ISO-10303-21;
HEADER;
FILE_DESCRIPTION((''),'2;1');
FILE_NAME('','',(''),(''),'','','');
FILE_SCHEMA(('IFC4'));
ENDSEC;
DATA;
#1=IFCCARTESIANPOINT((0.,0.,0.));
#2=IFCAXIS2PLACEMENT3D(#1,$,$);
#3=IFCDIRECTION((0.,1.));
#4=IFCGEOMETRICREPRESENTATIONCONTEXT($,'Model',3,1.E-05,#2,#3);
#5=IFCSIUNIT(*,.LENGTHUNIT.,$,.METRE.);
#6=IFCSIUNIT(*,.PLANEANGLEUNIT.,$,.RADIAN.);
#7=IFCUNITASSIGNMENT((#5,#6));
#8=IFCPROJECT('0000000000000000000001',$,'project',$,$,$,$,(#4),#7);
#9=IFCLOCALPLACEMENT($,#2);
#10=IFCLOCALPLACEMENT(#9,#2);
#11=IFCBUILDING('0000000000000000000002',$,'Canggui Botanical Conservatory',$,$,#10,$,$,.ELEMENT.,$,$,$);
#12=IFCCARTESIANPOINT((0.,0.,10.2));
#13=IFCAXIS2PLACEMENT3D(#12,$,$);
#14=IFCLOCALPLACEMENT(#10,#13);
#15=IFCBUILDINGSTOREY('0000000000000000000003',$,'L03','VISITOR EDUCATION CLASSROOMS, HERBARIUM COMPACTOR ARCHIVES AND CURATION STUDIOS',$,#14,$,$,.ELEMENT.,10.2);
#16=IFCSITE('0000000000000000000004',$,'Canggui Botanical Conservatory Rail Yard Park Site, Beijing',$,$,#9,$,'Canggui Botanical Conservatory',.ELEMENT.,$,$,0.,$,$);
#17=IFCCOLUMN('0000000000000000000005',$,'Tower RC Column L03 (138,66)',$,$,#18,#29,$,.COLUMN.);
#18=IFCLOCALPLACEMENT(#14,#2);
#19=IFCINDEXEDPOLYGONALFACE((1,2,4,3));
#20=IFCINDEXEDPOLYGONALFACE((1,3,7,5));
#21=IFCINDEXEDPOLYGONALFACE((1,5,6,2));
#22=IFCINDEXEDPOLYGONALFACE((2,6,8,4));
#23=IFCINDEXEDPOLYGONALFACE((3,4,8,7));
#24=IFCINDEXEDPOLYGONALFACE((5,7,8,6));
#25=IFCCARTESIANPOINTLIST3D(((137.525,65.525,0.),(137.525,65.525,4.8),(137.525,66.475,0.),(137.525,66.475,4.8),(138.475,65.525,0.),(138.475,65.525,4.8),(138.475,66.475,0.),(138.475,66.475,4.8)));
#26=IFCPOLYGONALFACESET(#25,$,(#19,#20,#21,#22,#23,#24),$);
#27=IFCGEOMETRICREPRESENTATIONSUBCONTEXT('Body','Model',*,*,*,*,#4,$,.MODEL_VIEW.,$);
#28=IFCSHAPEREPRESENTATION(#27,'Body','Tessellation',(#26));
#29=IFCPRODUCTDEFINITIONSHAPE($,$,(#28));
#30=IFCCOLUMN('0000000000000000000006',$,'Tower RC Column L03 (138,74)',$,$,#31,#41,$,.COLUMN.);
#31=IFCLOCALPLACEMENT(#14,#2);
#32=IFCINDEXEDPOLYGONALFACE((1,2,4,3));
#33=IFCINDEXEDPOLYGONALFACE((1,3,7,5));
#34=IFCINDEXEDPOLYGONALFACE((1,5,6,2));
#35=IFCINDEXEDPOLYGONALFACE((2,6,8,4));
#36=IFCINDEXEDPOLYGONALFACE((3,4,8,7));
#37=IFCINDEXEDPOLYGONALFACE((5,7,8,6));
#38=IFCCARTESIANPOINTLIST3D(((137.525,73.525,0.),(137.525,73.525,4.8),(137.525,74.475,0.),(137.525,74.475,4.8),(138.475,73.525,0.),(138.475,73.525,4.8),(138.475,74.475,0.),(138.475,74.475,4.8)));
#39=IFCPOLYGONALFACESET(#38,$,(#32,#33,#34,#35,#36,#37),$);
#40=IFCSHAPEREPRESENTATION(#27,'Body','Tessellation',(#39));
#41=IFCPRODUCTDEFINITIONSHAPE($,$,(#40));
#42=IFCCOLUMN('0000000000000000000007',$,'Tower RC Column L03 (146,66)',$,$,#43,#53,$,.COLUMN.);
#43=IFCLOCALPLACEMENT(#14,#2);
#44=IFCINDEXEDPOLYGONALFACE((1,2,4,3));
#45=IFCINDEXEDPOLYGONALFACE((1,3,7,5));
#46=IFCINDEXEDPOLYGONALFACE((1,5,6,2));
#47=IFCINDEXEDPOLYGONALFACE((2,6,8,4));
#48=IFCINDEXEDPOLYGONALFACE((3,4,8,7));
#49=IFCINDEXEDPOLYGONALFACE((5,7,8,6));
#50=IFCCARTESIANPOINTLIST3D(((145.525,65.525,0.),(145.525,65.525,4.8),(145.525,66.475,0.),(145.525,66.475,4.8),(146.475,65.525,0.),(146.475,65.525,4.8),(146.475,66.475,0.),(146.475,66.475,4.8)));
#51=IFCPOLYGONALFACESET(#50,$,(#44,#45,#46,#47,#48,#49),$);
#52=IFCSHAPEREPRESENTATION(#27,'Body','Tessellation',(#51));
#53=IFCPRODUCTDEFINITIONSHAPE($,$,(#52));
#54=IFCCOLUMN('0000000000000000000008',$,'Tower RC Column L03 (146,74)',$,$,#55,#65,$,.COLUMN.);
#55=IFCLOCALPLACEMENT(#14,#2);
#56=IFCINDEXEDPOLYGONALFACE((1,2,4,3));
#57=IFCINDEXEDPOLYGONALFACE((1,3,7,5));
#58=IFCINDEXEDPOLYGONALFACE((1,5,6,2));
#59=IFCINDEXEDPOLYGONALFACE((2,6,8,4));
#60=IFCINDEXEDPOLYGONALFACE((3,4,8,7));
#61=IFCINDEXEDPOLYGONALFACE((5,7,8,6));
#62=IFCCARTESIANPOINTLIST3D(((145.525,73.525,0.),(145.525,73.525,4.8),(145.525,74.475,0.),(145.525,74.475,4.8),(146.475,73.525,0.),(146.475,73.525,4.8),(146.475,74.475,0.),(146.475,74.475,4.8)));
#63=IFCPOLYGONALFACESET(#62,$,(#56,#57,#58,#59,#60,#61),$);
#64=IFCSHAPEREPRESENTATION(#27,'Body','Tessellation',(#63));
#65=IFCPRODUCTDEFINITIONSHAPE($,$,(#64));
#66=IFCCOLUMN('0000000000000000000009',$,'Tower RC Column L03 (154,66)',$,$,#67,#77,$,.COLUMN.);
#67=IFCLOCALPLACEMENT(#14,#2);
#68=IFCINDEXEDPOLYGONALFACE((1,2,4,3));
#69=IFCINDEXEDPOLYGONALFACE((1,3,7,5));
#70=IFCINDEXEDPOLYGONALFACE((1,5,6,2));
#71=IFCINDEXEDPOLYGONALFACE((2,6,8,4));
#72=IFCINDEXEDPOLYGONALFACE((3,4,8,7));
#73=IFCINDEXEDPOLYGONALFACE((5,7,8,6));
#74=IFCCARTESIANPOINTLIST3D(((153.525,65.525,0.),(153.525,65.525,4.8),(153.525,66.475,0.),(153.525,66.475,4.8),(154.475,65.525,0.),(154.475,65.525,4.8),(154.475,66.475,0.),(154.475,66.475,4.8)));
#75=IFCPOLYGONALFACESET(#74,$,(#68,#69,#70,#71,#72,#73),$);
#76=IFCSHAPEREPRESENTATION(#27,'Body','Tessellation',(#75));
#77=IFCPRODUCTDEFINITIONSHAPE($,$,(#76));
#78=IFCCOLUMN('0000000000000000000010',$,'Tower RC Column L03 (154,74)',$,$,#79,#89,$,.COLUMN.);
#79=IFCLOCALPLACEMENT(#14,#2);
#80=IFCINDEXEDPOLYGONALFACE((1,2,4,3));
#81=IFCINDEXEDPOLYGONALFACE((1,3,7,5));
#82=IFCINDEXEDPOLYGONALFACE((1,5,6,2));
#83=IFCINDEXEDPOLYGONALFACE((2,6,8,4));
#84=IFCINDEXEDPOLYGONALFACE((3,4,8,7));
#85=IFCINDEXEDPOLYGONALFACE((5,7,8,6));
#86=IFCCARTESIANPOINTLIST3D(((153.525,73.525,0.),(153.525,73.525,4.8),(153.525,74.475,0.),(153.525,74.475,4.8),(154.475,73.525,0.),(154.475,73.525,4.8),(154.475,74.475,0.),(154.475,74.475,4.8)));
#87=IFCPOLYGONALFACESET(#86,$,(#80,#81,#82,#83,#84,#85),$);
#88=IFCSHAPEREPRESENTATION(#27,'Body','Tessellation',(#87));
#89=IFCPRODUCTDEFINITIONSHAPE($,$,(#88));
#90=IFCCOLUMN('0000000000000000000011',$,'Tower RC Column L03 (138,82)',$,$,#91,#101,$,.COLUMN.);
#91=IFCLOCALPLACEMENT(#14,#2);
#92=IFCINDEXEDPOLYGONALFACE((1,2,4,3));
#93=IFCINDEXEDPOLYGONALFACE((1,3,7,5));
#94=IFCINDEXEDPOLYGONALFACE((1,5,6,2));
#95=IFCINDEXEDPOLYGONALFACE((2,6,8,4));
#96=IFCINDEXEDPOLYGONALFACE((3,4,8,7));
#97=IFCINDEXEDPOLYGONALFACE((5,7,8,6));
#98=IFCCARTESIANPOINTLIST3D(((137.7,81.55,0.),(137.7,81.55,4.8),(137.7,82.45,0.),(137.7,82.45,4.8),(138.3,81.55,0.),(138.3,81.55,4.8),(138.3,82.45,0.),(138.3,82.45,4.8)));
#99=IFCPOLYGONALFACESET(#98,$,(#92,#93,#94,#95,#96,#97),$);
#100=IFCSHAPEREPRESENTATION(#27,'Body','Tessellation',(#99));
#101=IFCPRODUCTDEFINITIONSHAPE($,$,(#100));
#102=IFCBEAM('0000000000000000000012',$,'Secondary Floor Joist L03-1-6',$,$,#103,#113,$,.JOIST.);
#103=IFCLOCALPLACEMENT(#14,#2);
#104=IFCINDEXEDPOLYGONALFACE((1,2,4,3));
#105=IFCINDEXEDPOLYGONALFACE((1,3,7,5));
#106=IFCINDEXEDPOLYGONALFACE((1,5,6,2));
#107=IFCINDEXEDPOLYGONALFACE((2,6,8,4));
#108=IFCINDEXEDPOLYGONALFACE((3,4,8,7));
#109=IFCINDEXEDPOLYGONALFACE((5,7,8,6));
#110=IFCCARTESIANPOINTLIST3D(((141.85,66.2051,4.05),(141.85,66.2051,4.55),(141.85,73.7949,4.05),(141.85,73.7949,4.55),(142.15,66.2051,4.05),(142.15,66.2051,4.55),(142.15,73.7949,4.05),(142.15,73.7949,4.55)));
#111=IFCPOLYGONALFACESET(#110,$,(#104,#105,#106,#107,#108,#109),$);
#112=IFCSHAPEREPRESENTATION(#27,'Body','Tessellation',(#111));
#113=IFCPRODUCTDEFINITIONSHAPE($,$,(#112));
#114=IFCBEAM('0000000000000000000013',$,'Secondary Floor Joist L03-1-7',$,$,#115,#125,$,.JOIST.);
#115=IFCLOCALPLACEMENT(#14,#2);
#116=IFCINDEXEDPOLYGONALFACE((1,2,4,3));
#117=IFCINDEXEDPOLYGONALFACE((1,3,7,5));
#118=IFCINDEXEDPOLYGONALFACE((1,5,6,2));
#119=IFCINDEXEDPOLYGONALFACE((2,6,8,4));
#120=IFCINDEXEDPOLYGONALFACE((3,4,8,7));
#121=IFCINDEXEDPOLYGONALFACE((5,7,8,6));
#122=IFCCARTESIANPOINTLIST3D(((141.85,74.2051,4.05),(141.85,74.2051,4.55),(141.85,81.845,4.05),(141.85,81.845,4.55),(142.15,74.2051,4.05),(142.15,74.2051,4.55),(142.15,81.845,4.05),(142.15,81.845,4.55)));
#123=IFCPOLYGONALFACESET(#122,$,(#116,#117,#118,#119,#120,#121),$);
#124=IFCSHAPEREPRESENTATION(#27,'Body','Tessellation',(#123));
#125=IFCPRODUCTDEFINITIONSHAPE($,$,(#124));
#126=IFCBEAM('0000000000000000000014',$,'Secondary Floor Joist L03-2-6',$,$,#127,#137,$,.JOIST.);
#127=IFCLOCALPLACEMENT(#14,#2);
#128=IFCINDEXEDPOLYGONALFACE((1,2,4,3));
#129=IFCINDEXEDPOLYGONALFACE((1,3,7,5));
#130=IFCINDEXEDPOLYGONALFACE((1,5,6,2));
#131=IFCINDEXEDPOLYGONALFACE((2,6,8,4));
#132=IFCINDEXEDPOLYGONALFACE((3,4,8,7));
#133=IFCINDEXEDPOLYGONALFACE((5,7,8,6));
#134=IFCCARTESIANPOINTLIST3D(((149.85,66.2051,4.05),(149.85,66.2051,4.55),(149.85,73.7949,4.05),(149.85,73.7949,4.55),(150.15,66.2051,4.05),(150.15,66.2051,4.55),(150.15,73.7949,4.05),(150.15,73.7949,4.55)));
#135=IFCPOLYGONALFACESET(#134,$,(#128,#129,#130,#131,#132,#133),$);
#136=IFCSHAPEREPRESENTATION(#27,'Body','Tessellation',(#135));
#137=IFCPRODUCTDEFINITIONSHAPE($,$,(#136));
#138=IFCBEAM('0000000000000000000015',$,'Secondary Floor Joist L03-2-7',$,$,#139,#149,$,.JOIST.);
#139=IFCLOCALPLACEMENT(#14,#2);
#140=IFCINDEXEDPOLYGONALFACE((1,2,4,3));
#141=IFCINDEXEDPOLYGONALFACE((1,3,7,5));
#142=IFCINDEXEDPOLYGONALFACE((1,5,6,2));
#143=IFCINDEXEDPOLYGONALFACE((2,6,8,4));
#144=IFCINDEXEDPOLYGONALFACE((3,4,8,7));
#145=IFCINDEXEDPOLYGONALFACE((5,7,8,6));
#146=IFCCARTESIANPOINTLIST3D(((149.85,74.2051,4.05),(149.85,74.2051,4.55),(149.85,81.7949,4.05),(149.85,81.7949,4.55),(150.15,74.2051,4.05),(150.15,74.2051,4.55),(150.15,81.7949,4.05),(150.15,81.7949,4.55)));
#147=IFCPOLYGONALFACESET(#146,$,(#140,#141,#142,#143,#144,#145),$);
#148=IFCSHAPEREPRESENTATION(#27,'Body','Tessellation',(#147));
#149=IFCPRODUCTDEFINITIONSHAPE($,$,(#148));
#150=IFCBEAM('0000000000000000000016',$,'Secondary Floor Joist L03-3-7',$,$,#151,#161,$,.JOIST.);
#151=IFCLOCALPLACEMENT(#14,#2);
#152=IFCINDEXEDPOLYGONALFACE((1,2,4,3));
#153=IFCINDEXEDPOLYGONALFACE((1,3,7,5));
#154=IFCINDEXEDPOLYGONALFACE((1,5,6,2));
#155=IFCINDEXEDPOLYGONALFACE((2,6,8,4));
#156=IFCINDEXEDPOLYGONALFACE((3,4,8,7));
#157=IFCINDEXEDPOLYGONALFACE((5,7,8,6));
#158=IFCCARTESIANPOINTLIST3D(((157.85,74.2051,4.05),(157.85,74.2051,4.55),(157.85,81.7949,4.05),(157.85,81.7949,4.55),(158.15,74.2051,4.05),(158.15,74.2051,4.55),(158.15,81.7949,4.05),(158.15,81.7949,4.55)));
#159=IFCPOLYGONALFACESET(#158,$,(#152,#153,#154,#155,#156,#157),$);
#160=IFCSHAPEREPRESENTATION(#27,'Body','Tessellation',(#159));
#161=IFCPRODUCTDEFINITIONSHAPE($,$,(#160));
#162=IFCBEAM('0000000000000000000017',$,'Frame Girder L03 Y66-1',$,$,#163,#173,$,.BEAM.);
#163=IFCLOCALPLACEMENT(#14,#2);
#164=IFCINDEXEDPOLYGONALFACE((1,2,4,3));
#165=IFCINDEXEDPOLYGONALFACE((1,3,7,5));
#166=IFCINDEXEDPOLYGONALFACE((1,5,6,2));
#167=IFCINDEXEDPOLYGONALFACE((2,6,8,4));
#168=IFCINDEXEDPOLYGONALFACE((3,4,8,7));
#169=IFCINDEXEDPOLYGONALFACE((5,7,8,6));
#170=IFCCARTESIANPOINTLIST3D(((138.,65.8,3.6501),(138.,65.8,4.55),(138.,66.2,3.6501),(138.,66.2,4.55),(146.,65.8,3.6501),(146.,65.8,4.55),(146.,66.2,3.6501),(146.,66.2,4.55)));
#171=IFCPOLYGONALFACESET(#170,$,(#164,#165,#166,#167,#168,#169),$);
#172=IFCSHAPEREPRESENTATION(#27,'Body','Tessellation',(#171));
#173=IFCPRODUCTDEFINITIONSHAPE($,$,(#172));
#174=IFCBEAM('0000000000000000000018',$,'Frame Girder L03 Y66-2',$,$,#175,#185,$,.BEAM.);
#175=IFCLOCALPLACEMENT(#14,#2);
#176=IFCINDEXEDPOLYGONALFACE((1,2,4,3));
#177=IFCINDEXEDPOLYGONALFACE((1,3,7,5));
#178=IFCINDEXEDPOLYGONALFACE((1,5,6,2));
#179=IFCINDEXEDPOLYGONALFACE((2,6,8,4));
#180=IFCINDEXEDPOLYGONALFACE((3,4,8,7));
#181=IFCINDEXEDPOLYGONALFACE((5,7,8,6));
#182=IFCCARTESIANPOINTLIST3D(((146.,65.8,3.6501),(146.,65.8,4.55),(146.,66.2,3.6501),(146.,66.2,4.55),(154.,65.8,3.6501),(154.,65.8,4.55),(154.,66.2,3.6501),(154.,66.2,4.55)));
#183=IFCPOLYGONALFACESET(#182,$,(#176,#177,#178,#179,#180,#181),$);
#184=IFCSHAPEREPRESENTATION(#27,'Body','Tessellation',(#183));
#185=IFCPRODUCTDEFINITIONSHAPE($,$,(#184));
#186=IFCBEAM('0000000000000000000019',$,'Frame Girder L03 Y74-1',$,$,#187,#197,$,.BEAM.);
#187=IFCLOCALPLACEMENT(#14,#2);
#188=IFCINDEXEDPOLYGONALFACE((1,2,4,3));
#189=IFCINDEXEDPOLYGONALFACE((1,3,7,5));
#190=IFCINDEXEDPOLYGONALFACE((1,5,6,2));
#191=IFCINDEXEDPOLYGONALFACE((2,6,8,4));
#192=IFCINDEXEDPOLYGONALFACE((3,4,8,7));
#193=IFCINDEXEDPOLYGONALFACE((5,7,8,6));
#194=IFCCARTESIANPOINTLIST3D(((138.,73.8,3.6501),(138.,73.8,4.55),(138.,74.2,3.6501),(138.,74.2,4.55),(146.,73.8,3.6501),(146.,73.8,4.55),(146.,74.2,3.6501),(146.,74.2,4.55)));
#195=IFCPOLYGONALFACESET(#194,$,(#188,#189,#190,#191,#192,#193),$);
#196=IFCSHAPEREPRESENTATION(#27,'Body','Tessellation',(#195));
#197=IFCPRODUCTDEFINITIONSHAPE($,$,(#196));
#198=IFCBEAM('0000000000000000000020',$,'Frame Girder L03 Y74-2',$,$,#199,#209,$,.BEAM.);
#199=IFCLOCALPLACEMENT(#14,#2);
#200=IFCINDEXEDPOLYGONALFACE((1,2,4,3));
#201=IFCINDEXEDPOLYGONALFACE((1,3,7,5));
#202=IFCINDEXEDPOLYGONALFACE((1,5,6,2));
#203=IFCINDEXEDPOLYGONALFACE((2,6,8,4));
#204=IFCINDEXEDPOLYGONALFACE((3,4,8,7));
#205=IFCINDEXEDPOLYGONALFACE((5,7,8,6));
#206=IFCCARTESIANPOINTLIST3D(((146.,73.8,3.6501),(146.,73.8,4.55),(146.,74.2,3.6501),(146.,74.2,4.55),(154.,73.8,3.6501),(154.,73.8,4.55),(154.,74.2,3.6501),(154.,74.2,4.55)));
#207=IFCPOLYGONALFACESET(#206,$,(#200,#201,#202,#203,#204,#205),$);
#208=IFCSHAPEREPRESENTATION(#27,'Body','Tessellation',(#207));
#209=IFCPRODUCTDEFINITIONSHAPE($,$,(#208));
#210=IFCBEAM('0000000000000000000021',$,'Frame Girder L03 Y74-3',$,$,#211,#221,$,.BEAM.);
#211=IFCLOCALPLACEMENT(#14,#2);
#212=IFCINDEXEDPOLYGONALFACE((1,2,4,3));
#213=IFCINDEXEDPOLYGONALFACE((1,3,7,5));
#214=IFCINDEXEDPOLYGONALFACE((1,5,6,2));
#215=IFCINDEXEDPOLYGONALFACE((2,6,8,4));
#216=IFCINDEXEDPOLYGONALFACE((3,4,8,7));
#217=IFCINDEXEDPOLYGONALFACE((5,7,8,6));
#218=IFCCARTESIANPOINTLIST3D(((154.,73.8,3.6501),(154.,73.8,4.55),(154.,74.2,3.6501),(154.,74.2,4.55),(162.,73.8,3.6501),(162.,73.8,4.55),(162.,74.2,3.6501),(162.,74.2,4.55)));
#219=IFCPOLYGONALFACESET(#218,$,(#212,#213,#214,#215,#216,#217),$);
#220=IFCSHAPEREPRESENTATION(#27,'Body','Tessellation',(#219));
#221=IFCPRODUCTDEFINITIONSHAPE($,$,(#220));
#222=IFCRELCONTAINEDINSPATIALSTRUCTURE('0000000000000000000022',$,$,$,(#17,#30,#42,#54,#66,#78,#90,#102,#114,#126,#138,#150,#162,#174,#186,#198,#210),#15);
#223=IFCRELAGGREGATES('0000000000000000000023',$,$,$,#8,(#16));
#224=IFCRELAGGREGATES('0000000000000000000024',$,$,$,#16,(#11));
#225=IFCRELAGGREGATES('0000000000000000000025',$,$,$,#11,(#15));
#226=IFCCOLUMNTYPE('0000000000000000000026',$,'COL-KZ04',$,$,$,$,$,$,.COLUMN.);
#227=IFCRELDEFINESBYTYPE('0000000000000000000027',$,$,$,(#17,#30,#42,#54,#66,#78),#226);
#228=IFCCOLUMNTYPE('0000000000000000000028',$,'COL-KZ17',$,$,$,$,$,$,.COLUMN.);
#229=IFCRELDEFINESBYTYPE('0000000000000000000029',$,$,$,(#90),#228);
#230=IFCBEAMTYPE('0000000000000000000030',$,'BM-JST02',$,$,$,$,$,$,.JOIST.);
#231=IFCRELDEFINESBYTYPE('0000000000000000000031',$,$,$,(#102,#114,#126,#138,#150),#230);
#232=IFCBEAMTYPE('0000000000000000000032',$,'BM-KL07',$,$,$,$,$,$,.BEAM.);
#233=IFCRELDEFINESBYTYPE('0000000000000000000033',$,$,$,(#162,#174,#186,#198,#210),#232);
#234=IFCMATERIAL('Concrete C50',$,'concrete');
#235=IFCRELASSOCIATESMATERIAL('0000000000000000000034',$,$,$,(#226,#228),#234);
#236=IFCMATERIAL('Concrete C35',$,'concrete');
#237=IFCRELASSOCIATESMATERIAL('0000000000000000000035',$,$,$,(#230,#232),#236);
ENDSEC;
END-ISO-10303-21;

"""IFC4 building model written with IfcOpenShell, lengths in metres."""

from ifc_helpers import new_model, si_unit, direction, frame, origin, origin_2d, place, context, subcontext, project, spatial, rectangle, extrude, material, material_profile, profile_set, type_object, element, save


model = new_model("IFC4")

# Units and contexts
model_context = context("Model", 3, precision=1e-05, world=origin(), true_north=direction((0.0, 1.0)))
body_context = subcontext(model_context, "Body", "Model", "MODEL_VIEW")
ifc_project = project(units=[si_unit("LENGTHUNIT", "METRE"), si_unit("PLANEANGLEUNIT", "RADIAN")], contexts=[model_context])

# Site, building, storey
site_placement = place(None, origin())
site = spatial("IfcSite", under=ifc_project, at=site_placement, Name="Canggui Botanical Conservatory Rail Yard Park Site, Beijing", LongName="Canggui Botanical Conservatory", CompositionType="ELEMENT", RefElevation=0.0)
building_placement = place(site_placement, origin())
building = spatial("IfcBuilding", under=site, at=building_placement, Name="Canggui Botanical Conservatory", CompositionType="ELEMENT")
storey_placement = place(building_placement, frame((0.0, 0.0, 10.2)))
storey = spatial("IfcBuildingStorey", under=building, at=storey_placement, Name="L03", Description="VISITOR EDUCATION CLASSROOMS, HERBARIUM COMPACTOR ARCHIVES AND CURATION STUDIOS", CompositionType="ELEMENT", Elevation=10.2)

# Columns
ifc_material_1 = material(Name="Concrete C50", Category="concrete")
ifc_material_profile_1 = material_profile(ifc_material_1, rectangle(XDim=0.95, YDim=0.95, at=origin_2d()), Name="RC 950x950")
ifc_profile_set_1 = profile_set([ifc_material_profile_1], Name="Concrete C50")
column_type_1 = type_object("IfcColumnType", Name="COL-KZ04", PredefinedType="COLUMN", material=ifc_profile_set_1)
for number, where, z_axis, x_axis, name in (
    (1, (138.0, 66.0, 0.0), (0.0, 0.0, 1.0), (1.0, 0.0, 0.0), "Tower RC Column L03 (138,66)"),
    (2, (138.0, 74.0, 0.0), (0.0, 0.0, 1.0), (1.0, 0.0, 0.0), "Tower RC Column L03 (138,74)"),
    (3, (146.0, 66.0, 0.0), (0.0, 0.0, 1.0), (1.0, 0.0, 0.0), "Tower RC Column L03 (146,66)"),
    (4, (146.0, 74.0, 0.0), (0.0, 0.0, 1.0), (1.0, 0.0, 0.0), "Tower RC Column L03 (146,74)"),
    (5, (154.0, 66.0, 0.0), (0.0, 0.0, 1.0), (1.0, 0.0, 0.0), "Tower RC Column L03 (154,66)"),
    (6, (154.0, 74.0, 0.0), (0.0, 0.0, 1.0), (1.0, 0.0, 0.0), "Tower RC Column L03 (154,74)"),
):
    element("IfcColumn", number, at=place(storey_placement, frame(where, z_axis=z_axis, x_axis=x_axis)), inside=storey, type_object=column_type_1, Name=name, PredefinedType="COLUMN", context=body_context, shape_type="SweptSolid", body=[
        extrude(rectangle(XDim=0.95, YDim=0.95, at=origin_2d()), origin(), (0.0, 0.0, 1.0), 4.8),
    ])
ifc_material_profile_2 = material_profile(ifc_material_1, rectangle(XDim=0.6001, YDim=0.8999, at=origin_2d()), Name="RC 600x900")
ifc_profile_set_2 = profile_set([ifc_material_profile_2], Name="Concrete C50")
column_type_2 = type_object("IfcColumnType", Name="COL-KZ17", PredefinedType="COLUMN", material=ifc_profile_set_2)
column_placement = place(storey_placement, frame((138.0, 82.0, 0.0), z_axis=(0.0, 0.0, 1.0), x_axis=(1.0, 0.0, 0.0)))
element("IfcColumn", 7, at=column_placement, inside=storey, type_object=column_type_2, Name="Tower RC Column L03 (138,82)", PredefinedType="COLUMN", context=body_context, shape_type="SweptSolid", body=[
    extrude(rectangle(XDim=0.6001, YDim=0.8999, at=origin_2d()), origin(), (0.0, 0.0, 1.0), 4.8),
])

# Beams
ifc_material_2 = material(Name="Concrete C35", Category="concrete")
ifc_material_profile_3 = material_profile(ifc_material_2, rectangle(XDim=0.3, YDim=0.5, at=origin_2d()), Name="RB 300x500")
ifc_profile_set_3 = profile_set([ifc_material_profile_3], Name="Concrete C35")
beam_type_1 = type_object("IfcBeamType", Name="BM-JST02", PredefinedType="JOIST", material=ifc_profile_set_3)
beam_1_placement = place(storey_placement, frame((142.0, 66.2051, 4.3), z_axis=(0.0, 1.0, 0.0), x_axis=(-1.0, 0.0, 0.0)))
element("IfcBeam", 8, at=beam_1_placement, inside=storey, type_object=beam_type_1, Name="Secondary Floor Joist L03-1-6", PredefinedType="JOIST", context=body_context, shape_type="SweptSolid", body=[
    extrude(rectangle(XDim=0.3, YDim=0.5, at=origin_2d()), origin(), (0.0, 0.0, 1.0), 7.5898),
])
beam_2_placement = place(storey_placement, frame((142.0, 74.2051, 4.3), z_axis=(0.0, 1.0, 0.0), x_axis=(-1.0, 0.0, 0.0)))
element("IfcBeam", 9, at=beam_2_placement, inside=storey, type_object=beam_type_1, Name="Secondary Floor Joist L03-1-7", PredefinedType="JOIST", context=body_context, shape_type="SweptSolid", body=[
    extrude(rectangle(XDim=0.3, YDim=0.5, at=origin_2d()), origin(), (0.0, 0.0, 1.0), 7.6399),
])
for number, where, z_axis, x_axis, name in (
    (10, (150.0, 66.2051, 4.3), (0.0, 1.0, 0.0), (-1.0, 0.0, 0.0), "Secondary Floor Joist L03-2-6"),
    (11, (150.0, 74.2051, 4.3), (0.0, 1.0, 0.0), (-1.0, 0.0, 0.0), "Secondary Floor Joist L03-2-7"),
    (12, (158.0, 74.2051, 4.3), (0.0, 1.0, 0.0), (-1.0, 0.0, 0.0), "Secondary Floor Joist L03-3-7"),
):
    element("IfcBeam", number, at=place(storey_placement, frame(where, z_axis=z_axis, x_axis=x_axis)), inside=storey, type_object=beam_type_1, Name=name, PredefinedType="JOIST", context=body_context, shape_type="SweptSolid", body=[
        extrude(rectangle(XDim=0.3, YDim=0.5, at=origin_2d()), origin(), (0.0, 0.0, 1.0), 7.5898),
    ])
ifc_material_profile_4 = material_profile(ifc_material_2, rectangle(XDim=0.3999, YDim=0.8999, at=origin_2d()), Name="RB 400x900")
ifc_profile_set_4 = profile_set([ifc_material_profile_4], Name="Concrete C35")
beam_type_2 = type_object("IfcBeamType", Name="BM-KL07", PredefinedType="BEAM", material=ifc_profile_set_4)
for number, where, z_axis, x_axis, name in (
    (13, (138.0, 66.0, 4.1001), (1.0, 0.0, 0.0), (0.0, 1.0, 0.0), "Frame Girder L03 Y66-1"),
    (14, (146.0, 66.0, 4.1001), (1.0, 0.0, 0.0), (0.0, 1.0, 0.0), "Frame Girder L03 Y66-2"),
    (15, (138.0, 74.0, 4.1001), (1.0, 0.0, 0.0), (0.0, 1.0, 0.0), "Frame Girder L03 Y74-1"),
    (16, (146.0, 74.0, 4.1001), (1.0, 0.0, 0.0), (0.0, 1.0, 0.0), "Frame Girder L03 Y74-2"),
    (17, (154.0, 74.0, 4.1001), (1.0, 0.0, 0.0), (0.0, 1.0, 0.0), "Frame Girder L03 Y74-3"),
):
    element("IfcBeam", number, at=place(storey_placement, frame(where, z_axis=z_axis, x_axis=x_axis)), inside=storey, type_object=beam_type_2, Name=name, PredefinedType="BEAM", context=body_context, shape_type="SweptSolid", body=[
        extrude(rectangle(XDim=0.3999, YDim=0.8999, at=origin_2d()), origin(), (0.0, 0.0, 1.0), 8.0),
    ])

save(model, "model.ifc")
